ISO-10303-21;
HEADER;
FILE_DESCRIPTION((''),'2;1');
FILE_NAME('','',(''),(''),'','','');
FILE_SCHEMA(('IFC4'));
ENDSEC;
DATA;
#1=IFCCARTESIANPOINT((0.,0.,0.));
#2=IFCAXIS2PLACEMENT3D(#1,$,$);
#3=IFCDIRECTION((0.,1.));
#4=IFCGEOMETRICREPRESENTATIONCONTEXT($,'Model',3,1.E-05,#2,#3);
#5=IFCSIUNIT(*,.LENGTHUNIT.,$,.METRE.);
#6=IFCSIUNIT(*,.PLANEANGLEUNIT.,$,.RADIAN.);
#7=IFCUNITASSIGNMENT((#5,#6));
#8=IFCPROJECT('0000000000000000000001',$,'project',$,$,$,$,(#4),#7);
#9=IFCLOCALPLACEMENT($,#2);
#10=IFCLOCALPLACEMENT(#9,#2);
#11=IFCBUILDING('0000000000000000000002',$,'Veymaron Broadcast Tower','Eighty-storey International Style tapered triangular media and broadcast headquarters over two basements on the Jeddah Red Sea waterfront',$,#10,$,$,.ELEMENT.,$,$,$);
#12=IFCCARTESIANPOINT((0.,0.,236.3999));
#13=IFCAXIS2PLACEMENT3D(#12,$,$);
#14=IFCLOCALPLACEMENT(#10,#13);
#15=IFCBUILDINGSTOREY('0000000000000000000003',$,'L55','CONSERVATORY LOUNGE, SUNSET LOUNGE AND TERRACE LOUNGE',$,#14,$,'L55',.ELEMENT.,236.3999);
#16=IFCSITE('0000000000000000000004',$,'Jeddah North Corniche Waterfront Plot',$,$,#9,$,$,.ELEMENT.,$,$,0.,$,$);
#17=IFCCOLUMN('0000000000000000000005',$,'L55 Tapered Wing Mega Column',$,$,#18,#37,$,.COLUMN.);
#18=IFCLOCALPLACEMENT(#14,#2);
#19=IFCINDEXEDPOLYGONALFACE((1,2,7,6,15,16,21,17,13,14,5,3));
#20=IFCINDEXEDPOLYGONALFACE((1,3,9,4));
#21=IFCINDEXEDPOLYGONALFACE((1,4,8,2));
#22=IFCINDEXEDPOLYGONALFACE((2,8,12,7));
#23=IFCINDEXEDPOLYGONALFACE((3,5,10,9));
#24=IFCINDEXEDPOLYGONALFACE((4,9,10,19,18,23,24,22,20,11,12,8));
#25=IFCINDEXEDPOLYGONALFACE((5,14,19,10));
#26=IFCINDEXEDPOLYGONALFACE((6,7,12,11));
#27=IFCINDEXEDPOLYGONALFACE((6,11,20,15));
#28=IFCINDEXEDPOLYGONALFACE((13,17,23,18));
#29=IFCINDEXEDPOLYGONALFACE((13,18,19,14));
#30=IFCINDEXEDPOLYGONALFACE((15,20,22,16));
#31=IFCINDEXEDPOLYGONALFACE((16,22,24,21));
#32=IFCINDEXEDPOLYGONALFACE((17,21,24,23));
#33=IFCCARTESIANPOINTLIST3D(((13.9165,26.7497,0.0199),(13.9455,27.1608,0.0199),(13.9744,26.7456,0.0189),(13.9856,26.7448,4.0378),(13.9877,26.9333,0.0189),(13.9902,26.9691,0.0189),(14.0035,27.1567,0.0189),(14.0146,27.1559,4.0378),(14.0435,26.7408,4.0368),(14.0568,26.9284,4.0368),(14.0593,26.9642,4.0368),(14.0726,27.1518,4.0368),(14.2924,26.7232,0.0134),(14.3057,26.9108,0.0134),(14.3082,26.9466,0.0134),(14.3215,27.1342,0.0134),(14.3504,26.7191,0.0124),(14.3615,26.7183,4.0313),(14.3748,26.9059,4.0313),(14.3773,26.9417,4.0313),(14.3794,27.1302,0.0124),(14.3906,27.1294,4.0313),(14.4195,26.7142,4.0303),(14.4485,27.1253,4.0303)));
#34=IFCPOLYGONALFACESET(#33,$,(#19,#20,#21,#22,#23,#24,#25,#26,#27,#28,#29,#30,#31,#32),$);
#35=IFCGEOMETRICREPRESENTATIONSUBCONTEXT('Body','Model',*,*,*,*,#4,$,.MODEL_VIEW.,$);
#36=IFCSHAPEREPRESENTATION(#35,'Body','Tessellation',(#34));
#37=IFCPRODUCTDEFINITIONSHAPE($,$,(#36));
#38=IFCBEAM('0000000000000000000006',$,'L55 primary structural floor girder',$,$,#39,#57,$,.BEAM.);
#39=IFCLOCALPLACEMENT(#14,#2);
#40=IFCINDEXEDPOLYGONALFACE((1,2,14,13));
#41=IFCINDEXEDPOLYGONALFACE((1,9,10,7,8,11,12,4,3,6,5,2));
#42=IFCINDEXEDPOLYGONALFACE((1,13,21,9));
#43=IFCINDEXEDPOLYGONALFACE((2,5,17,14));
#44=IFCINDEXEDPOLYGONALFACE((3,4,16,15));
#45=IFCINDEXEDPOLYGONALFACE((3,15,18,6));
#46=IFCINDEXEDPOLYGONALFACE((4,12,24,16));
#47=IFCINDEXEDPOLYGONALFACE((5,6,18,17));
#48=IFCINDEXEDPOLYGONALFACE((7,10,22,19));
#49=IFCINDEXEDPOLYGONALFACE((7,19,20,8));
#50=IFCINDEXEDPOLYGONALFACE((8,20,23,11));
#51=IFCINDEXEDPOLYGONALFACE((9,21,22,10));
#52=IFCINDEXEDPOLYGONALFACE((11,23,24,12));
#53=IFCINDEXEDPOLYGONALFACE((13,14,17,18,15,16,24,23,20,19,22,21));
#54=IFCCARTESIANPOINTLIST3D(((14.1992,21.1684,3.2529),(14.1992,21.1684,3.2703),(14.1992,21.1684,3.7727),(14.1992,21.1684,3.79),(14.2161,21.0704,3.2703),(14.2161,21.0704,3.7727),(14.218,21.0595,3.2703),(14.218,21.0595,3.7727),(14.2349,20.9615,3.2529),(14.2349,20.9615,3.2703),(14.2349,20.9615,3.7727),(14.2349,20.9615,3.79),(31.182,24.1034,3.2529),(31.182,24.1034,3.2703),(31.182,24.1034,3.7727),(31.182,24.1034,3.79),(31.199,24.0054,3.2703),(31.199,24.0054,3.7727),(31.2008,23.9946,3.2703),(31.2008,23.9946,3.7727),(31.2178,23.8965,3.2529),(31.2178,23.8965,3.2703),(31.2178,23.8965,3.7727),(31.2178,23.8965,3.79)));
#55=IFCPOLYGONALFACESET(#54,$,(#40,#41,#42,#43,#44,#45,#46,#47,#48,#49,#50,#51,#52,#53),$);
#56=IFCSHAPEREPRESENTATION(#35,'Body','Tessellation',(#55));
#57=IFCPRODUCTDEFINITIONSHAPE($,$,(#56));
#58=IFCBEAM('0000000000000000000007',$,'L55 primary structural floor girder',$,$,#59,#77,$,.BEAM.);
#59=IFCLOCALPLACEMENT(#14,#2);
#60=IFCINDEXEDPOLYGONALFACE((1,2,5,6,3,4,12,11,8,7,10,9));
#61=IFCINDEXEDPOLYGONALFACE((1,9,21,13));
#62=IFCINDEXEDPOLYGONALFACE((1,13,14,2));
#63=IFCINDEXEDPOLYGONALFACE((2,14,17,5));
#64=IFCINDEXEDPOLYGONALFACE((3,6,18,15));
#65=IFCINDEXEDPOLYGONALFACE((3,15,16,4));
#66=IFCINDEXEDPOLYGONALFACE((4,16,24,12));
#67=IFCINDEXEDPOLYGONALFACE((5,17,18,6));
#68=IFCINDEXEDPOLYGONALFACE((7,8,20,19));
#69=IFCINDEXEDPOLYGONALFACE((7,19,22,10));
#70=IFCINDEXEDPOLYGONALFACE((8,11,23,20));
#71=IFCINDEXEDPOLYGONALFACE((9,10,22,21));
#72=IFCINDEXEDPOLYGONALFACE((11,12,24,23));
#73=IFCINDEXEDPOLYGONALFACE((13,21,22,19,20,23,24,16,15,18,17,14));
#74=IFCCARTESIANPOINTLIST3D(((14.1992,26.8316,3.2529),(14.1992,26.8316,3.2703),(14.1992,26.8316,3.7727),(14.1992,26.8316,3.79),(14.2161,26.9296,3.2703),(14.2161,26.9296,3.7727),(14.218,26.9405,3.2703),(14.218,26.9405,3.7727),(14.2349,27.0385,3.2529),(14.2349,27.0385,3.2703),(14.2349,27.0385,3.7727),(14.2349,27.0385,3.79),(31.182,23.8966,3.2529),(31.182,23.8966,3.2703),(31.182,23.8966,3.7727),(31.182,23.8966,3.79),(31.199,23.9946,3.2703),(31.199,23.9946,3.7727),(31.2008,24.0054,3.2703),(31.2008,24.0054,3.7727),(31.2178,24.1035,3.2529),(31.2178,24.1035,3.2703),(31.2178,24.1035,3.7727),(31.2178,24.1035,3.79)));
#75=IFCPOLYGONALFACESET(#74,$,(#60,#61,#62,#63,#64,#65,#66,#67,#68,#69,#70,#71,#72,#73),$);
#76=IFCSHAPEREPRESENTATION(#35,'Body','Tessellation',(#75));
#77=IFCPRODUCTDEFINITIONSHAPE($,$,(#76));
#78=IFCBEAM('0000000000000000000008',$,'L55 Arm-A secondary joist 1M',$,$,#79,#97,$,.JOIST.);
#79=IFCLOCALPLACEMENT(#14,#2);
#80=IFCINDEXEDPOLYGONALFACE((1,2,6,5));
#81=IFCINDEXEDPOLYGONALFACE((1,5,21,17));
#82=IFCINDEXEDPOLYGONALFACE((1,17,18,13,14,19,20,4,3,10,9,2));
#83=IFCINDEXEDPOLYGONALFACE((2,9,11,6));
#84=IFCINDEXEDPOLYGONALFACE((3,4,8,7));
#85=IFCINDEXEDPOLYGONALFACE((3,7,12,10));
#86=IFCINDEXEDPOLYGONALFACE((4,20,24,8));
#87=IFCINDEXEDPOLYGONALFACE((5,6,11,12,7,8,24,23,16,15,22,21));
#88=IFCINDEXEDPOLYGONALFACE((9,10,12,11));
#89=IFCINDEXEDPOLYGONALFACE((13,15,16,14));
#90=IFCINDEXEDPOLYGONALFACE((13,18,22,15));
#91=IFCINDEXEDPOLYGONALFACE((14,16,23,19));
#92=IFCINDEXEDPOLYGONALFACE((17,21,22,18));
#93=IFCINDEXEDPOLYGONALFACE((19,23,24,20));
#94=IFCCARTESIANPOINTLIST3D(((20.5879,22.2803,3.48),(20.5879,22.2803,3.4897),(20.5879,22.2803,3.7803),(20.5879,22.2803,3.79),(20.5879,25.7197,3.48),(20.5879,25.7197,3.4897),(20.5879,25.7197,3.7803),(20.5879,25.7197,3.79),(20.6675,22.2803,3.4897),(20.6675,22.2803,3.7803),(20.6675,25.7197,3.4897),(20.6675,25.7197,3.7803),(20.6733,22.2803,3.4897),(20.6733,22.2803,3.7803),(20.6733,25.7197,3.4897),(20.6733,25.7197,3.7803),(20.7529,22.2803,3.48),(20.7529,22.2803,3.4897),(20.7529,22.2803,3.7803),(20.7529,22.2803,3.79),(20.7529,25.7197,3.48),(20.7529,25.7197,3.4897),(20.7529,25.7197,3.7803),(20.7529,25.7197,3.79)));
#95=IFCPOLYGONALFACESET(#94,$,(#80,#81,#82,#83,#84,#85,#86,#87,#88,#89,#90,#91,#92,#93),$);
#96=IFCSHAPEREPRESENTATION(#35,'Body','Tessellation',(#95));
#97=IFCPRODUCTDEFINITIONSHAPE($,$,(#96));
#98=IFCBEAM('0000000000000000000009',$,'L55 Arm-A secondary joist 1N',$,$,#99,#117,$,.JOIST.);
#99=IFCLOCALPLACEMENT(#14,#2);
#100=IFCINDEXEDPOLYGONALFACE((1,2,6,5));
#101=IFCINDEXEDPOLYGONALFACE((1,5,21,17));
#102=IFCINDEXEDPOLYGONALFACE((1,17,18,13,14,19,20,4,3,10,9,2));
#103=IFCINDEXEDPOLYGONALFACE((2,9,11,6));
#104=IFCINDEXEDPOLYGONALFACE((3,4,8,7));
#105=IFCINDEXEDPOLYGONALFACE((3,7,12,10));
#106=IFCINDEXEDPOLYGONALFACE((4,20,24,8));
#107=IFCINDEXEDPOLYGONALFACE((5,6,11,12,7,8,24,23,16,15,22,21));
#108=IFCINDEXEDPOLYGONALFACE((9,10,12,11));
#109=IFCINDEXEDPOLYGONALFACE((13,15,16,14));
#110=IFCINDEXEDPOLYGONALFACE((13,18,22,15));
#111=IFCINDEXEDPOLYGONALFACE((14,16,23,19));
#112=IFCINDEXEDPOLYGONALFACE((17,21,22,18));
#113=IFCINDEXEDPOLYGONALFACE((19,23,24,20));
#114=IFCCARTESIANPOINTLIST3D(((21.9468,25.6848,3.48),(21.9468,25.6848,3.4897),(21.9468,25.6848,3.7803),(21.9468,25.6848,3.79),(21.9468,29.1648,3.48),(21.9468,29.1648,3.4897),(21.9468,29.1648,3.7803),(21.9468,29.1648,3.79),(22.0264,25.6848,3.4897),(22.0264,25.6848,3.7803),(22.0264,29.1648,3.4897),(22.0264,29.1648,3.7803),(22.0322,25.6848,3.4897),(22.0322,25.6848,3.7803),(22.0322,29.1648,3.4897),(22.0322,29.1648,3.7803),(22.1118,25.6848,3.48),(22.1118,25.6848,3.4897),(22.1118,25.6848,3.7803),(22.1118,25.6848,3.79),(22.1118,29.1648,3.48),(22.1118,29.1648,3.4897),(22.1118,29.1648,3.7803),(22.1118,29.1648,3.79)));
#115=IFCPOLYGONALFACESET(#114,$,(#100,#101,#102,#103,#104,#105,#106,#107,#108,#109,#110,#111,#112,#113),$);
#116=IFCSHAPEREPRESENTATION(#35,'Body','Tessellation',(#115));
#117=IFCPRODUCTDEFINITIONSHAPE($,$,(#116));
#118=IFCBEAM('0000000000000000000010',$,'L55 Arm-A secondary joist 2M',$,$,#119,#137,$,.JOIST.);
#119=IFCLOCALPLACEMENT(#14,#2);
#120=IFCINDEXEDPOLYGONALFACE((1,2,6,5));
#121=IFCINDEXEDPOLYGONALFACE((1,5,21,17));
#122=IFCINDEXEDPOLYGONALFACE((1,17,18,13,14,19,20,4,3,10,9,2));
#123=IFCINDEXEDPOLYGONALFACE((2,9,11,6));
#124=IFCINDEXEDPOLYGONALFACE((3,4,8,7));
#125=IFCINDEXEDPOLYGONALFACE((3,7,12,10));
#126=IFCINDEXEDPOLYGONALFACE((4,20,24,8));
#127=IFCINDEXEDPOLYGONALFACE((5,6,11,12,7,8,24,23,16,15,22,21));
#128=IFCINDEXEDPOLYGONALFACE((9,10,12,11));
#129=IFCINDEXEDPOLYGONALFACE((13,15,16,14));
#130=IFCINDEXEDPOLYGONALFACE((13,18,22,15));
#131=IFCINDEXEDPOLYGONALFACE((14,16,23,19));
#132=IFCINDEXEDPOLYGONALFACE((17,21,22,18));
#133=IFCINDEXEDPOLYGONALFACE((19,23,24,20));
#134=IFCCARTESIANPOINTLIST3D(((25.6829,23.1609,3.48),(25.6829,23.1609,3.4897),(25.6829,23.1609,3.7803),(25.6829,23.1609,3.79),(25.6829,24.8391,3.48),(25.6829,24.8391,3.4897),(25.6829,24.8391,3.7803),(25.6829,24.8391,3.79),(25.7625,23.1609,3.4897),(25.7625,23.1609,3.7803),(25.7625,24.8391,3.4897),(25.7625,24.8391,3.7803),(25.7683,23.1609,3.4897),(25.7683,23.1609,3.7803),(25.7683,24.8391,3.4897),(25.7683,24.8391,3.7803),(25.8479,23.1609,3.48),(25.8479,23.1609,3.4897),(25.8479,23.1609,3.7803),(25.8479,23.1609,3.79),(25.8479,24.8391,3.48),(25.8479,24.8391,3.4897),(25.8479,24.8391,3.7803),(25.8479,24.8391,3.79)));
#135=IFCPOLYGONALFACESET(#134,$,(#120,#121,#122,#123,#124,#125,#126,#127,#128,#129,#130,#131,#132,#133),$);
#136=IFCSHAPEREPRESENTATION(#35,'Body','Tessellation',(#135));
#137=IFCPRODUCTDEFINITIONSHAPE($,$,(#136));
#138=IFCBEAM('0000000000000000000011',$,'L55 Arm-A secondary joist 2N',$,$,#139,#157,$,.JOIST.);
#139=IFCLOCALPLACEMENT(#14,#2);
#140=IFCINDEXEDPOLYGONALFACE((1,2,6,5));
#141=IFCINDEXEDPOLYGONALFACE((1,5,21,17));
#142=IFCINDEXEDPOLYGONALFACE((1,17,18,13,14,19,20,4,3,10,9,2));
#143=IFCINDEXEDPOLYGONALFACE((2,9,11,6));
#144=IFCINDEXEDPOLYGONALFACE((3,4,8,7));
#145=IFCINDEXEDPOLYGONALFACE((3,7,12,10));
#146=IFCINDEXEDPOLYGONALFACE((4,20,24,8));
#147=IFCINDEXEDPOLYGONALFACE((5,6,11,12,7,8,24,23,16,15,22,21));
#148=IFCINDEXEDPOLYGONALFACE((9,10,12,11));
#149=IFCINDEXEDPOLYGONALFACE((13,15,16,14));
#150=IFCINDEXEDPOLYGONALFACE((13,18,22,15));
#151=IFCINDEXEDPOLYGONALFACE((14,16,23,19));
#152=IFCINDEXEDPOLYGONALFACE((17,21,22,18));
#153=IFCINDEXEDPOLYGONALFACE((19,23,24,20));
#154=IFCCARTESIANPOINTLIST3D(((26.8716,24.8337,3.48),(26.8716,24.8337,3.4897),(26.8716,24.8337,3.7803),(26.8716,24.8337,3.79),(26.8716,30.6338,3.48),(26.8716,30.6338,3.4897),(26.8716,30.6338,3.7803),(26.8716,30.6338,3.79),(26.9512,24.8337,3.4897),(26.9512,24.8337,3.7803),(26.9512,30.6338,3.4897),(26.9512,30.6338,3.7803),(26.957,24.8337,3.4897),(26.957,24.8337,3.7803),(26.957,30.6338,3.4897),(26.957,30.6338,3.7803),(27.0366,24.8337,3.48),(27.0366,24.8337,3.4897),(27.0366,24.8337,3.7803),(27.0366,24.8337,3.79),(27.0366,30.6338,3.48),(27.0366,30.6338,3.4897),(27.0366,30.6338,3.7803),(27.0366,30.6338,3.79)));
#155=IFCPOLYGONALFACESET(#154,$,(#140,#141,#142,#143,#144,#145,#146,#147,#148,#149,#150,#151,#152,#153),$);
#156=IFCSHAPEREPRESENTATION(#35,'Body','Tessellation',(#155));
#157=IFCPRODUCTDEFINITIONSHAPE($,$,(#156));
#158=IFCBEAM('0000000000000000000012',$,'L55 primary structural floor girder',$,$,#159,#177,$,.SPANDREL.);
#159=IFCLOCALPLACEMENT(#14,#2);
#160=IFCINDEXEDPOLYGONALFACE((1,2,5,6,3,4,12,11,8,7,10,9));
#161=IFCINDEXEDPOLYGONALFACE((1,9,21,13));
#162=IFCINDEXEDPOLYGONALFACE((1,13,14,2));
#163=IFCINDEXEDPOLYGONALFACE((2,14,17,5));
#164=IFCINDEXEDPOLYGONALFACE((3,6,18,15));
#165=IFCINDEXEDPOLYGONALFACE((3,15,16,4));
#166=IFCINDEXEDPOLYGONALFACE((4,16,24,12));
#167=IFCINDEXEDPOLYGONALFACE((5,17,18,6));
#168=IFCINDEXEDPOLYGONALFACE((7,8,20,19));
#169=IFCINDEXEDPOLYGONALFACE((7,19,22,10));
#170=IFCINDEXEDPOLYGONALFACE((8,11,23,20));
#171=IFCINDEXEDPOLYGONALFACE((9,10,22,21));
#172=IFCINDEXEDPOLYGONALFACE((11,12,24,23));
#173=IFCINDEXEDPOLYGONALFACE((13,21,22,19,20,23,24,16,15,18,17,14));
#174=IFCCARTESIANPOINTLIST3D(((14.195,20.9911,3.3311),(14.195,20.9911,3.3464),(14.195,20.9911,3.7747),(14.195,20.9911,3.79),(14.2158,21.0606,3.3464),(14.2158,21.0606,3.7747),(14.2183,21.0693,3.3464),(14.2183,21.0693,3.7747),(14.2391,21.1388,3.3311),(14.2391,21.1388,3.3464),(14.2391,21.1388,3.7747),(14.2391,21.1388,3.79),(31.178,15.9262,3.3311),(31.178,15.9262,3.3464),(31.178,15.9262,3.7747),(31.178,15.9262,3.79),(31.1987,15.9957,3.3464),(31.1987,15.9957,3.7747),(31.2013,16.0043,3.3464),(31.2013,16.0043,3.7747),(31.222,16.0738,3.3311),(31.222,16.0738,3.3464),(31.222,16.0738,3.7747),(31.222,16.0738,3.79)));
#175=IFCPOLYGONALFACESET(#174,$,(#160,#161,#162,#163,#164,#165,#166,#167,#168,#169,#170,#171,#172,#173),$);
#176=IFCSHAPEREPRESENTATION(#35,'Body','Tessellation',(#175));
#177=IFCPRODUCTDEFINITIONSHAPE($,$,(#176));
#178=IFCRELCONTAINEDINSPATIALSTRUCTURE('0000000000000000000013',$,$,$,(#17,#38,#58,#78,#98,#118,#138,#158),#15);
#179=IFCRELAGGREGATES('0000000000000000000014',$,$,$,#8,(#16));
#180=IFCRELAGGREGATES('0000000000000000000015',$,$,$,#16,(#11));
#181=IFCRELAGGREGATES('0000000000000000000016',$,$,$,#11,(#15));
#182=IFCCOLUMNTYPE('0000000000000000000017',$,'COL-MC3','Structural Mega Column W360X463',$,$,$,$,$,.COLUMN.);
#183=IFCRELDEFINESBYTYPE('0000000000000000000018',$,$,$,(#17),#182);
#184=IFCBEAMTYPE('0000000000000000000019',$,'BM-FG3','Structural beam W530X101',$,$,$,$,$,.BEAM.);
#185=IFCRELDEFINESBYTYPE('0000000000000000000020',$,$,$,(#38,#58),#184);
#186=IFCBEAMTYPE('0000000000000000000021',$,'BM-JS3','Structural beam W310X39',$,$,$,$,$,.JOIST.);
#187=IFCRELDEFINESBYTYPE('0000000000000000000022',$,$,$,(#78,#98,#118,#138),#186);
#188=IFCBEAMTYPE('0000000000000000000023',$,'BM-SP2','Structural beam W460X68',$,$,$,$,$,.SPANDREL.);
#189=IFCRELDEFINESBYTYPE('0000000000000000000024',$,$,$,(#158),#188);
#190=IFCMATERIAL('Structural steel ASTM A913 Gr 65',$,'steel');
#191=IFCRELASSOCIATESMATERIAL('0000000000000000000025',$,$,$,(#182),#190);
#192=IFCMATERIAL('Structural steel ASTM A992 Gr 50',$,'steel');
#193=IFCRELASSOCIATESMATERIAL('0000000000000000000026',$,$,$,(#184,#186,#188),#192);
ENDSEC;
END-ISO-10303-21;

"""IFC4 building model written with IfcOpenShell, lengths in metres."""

from ifc_helpers import new_model, si_unit, direction, frame, origin, origin_2d, place, context, subcontext, project, spatial, i_section, extrude, material, material_profile, profile_set, type_object, element, save


model = new_model("IFC4")

# Units and contexts
model_context = context("Model", 3, precision=1e-05, world=origin(), true_north=direction((0.0, 1.0)))
body_context = subcontext(model_context, "Body", "Model", "MODEL_VIEW")
ifc_project = project(units=[si_unit("LENGTHUNIT", "METRE"), si_unit("PLANEANGLEUNIT", "RADIAN")], contexts=[model_context])

# Site, building, storey
site_placement = place(None, origin())
site = spatial("IfcSite", under=ifc_project, at=site_placement, Name="Jeddah North Corniche Waterfront Plot", CompositionType="ELEMENT", RefElevation=0.0)
building_placement = place(site_placement, origin())
building = spatial("IfcBuilding", under=site, at=building_placement, Name="Veymaron Broadcast Tower", Description="Eighty-storey International Style tapered triangular media and broadcast headquarters over two basements on the Jeddah Red Sea waterfront", CompositionType="ELEMENT")
storey_placement = place(building_placement, frame((0.0, 0.0, 236.3999)))
storey = spatial("IfcBuildingStorey", under=building, at=storey_placement, Name="L55", Description="CONSERVATORY LOUNGE, SUNSET LOUNGE AND TERRACE LOUNGE", LongName="L55", CompositionType="ELEMENT", Elevation=236.3999)

# Column
ifc_material_1 = material(Name="Structural steel ASTM A913 Gr 65", Category="steel")
ifc_material_profile_1 = material_profile(ifc_material_1, i_section(OverallWidth=0.4121, OverallDepth=0.4351, WebThickness=0.0359, FlangeThickness=0.0581, at=origin_2d()), Name="W360X463")
ifc_profile_set_1 = profile_set([ifc_material_profile_1], Name="Structural steel ASTM A913 Gr 65")
column_type = type_object("IfcColumnType", Name="COL-MC3", Description="Structural Mega Column W360X463", PredefinedType="COLUMN", material=ifc_profile_set_1)
column_placement = place(storey_placement, frame((14.1479, 26.9399, 0.0161), z_axis=(0.017193, -0.001215, 0.999851), x_axis=(0.070496, 0.997512, 0.0)))
element("IfcColumn", 1, at=column_placement, inside=storey, type_object=column_type, Name="L55 Tapered Wing Mega Column", PredefinedType="COLUMN", context=body_context, shape_type="SweptSolid", body=[
    extrude(i_section(OverallWidth=0.4121, OverallDepth=0.4351, WebThickness=0.0359, FlangeThickness=0.0581, at=origin_2d()), origin(), (0.0, 0.0, 1.0), 4.0186),
])

# Beams
ifc_material_2 = material(Name="Structural steel ASTM A992 Gr 50", Category="steel")
ifc_material_profile_2 = material_profile(ifc_material_2, i_section(OverallWidth=0.21, OverallDepth=0.5371, WebThickness=0.011, FlangeThickness=0.0173, at=origin_2d()), Name="W530X101")
ifc_profile_set_2 = profile_set([ifc_material_profile_2], Name="Structural steel ASTM A992 Gr 50")
beam_type_1 = type_object("IfcBeamType", Name="BM-FG3", Description="Structural beam W530X101", PredefinedType="BEAM", material=ifc_profile_set_2)
for number, where, z_axis, x_axis, name in (
    (2, (14.217, 21.0649, 3.5215), (0.985392, 0.1703, 0.0), (-0.1703, 0.985392, 0.0), "L55 primary structural floor girder"),
    (3, (14.217, 26.9351, 3.5215), (0.985392, -0.1703, 0.0), (0.1703, 0.985392, 0.0), "L55 primary structural floor girder"),
):
    element("IfcBeam", number, at=place(storey_placement, frame(where, z_axis=z_axis, x_axis=x_axis)), inside=storey, type_object=beam_type_1, Name=name, PredefinedType="BEAM", context=body_context, shape_type="SweptSolid", body=[
        extrude(i_section(OverallWidth=0.21, OverallDepth=0.5371, WebThickness=0.011, FlangeThickness=0.0173, at=origin_2d()), origin(), (0.0, 0.0, 1.0), 17.2346),
    ])
ifc_material_profile_3 = material_profile(ifc_material_2, i_section(OverallWidth=0.165, OverallDepth=0.3101, WebThickness=0.0059, FlangeThickness=0.0098, at=origin_2d()), Name="W310X39")
ifc_profile_set_3 = profile_set([ifc_material_profile_3], Name="Structural steel ASTM A992 Gr 50")
beam_type_2 = type_object("IfcBeamType", Name="BM-JS3", Description="Structural beam W310X39", PredefinedType="JOIST", material=ifc_profile_set_3)
beam_1_placement = place(storey_placement, frame((20.6704, 22.2803, 3.635), z_axis=(0.0, 1.0, 0.0), x_axis=(-1.0, 0.0, 0.0)))
element("IfcBeam", 4, at=beam_1_placement, inside=storey, type_object=beam_type_2, Name="L55 Arm-A secondary joist 1M", PredefinedType="JOIST", context=body_context, shape_type="SweptSolid", body=[
    extrude(i_section(OverallWidth=0.165, OverallDepth=0.3101, WebThickness=0.0059, FlangeThickness=0.0098, at=origin_2d()), origin(), (0.0, 0.0, 1.0), 3.4395),
])
beam_2_placement = place(storey_placement, frame((22.0293, 25.6848, 3.635), z_axis=(0.0, 1.0, 0.0), x_axis=(-1.0, 0.0, 0.0)))
element("IfcBeam", 5, at=beam_2_placement, inside=storey, type_object=beam_type_2, Name="L55 Arm-A secondary joist 1N", PredefinedType="JOIST", context=body_context, shape_type="SweptSolid", body=[
    extrude(i_section(OverallWidth=0.165, OverallDepth=0.3101, WebThickness=0.0059, FlangeThickness=0.0098, at=origin_2d()), origin(), (0.0, 0.0, 1.0), 3.48),
])
beam_3_placement = place(storey_placement, frame((25.7654, 23.1609, 3.635), z_axis=(0.0, 1.0, 0.0), x_axis=(-1.0, 0.0, 0.0)))
element("IfcBeam", 6, at=beam_3_placement, inside=storey, type_object=beam_type_2, Name="L55 Arm-A secondary joist 2M", PredefinedType="JOIST", context=body_context, shape_type="SweptSolid", body=[
    extrude(i_section(OverallWidth=0.165, OverallDepth=0.3101, WebThickness=0.0059, FlangeThickness=0.0098, at=origin_2d()), origin(), (0.0, 0.0, 1.0), 1.6782),
])
beam_4_placement = place(storey_placement, frame((26.9541, 24.8337, 3.635), z_axis=(0.0, 1.0, 0.0), x_axis=(-1.0, 0.0, 0.0)))
element("IfcBeam", 7, at=beam_4_placement, inside=storey, type_object=beam_type_2, Name="L55 Arm-A secondary joist 2N", PredefinedType="JOIST", context=body_context, shape_type="SweptSolid", body=[
    extrude(i_section(OverallWidth=0.165, OverallDepth=0.3101, WebThickness=0.0059, FlangeThickness=0.0098, at=origin_2d()), origin(), (0.0, 0.0, 1.0), 5.8),
])
ifc_material_profile_4 = material_profile(ifc_material_2, i_section(OverallWidth=0.1541, OverallDepth=0.459, WebThickness=0.009, FlangeThickness=0.0154, at=origin_2d()), Name="W460X68")
ifc_profile_set_4 = profile_set([ifc_material_profile_4], Name="Structural steel ASTM A992 Gr 50")
beam_type_3 = type_object("IfcBeamType", Name="BM-SP2", Description="Structural beam W460X68", PredefinedType="SPANDREL", material=ifc_profile_set_4)
for number, where, z_axis, x_axis, name in (
    (8, (14.217, 21.0649, 3.5605), (0.95829, -0.285798, 0.0), (0.285798, 0.95829, 0.0), "L55 primary structural floor girder"),
):
    element("IfcBeam", number, at=place(storey_placement, frame(where, z_axis=z_axis, x_axis=x_axis)), inside=storey, type_object=beam_type_3, Name=name, PredefinedType="SPANDREL", context=body_context, shape_type="SweptSolid", body=[
        extrude(i_section(OverallWidth=0.1541, OverallDepth=0.459, WebThickness=0.009, FlangeThickness=0.0154, at=origin_2d()), origin(), (0.0, 0.0, 1.0), 17.7222),
    ])

save(model, "model.ifc")
